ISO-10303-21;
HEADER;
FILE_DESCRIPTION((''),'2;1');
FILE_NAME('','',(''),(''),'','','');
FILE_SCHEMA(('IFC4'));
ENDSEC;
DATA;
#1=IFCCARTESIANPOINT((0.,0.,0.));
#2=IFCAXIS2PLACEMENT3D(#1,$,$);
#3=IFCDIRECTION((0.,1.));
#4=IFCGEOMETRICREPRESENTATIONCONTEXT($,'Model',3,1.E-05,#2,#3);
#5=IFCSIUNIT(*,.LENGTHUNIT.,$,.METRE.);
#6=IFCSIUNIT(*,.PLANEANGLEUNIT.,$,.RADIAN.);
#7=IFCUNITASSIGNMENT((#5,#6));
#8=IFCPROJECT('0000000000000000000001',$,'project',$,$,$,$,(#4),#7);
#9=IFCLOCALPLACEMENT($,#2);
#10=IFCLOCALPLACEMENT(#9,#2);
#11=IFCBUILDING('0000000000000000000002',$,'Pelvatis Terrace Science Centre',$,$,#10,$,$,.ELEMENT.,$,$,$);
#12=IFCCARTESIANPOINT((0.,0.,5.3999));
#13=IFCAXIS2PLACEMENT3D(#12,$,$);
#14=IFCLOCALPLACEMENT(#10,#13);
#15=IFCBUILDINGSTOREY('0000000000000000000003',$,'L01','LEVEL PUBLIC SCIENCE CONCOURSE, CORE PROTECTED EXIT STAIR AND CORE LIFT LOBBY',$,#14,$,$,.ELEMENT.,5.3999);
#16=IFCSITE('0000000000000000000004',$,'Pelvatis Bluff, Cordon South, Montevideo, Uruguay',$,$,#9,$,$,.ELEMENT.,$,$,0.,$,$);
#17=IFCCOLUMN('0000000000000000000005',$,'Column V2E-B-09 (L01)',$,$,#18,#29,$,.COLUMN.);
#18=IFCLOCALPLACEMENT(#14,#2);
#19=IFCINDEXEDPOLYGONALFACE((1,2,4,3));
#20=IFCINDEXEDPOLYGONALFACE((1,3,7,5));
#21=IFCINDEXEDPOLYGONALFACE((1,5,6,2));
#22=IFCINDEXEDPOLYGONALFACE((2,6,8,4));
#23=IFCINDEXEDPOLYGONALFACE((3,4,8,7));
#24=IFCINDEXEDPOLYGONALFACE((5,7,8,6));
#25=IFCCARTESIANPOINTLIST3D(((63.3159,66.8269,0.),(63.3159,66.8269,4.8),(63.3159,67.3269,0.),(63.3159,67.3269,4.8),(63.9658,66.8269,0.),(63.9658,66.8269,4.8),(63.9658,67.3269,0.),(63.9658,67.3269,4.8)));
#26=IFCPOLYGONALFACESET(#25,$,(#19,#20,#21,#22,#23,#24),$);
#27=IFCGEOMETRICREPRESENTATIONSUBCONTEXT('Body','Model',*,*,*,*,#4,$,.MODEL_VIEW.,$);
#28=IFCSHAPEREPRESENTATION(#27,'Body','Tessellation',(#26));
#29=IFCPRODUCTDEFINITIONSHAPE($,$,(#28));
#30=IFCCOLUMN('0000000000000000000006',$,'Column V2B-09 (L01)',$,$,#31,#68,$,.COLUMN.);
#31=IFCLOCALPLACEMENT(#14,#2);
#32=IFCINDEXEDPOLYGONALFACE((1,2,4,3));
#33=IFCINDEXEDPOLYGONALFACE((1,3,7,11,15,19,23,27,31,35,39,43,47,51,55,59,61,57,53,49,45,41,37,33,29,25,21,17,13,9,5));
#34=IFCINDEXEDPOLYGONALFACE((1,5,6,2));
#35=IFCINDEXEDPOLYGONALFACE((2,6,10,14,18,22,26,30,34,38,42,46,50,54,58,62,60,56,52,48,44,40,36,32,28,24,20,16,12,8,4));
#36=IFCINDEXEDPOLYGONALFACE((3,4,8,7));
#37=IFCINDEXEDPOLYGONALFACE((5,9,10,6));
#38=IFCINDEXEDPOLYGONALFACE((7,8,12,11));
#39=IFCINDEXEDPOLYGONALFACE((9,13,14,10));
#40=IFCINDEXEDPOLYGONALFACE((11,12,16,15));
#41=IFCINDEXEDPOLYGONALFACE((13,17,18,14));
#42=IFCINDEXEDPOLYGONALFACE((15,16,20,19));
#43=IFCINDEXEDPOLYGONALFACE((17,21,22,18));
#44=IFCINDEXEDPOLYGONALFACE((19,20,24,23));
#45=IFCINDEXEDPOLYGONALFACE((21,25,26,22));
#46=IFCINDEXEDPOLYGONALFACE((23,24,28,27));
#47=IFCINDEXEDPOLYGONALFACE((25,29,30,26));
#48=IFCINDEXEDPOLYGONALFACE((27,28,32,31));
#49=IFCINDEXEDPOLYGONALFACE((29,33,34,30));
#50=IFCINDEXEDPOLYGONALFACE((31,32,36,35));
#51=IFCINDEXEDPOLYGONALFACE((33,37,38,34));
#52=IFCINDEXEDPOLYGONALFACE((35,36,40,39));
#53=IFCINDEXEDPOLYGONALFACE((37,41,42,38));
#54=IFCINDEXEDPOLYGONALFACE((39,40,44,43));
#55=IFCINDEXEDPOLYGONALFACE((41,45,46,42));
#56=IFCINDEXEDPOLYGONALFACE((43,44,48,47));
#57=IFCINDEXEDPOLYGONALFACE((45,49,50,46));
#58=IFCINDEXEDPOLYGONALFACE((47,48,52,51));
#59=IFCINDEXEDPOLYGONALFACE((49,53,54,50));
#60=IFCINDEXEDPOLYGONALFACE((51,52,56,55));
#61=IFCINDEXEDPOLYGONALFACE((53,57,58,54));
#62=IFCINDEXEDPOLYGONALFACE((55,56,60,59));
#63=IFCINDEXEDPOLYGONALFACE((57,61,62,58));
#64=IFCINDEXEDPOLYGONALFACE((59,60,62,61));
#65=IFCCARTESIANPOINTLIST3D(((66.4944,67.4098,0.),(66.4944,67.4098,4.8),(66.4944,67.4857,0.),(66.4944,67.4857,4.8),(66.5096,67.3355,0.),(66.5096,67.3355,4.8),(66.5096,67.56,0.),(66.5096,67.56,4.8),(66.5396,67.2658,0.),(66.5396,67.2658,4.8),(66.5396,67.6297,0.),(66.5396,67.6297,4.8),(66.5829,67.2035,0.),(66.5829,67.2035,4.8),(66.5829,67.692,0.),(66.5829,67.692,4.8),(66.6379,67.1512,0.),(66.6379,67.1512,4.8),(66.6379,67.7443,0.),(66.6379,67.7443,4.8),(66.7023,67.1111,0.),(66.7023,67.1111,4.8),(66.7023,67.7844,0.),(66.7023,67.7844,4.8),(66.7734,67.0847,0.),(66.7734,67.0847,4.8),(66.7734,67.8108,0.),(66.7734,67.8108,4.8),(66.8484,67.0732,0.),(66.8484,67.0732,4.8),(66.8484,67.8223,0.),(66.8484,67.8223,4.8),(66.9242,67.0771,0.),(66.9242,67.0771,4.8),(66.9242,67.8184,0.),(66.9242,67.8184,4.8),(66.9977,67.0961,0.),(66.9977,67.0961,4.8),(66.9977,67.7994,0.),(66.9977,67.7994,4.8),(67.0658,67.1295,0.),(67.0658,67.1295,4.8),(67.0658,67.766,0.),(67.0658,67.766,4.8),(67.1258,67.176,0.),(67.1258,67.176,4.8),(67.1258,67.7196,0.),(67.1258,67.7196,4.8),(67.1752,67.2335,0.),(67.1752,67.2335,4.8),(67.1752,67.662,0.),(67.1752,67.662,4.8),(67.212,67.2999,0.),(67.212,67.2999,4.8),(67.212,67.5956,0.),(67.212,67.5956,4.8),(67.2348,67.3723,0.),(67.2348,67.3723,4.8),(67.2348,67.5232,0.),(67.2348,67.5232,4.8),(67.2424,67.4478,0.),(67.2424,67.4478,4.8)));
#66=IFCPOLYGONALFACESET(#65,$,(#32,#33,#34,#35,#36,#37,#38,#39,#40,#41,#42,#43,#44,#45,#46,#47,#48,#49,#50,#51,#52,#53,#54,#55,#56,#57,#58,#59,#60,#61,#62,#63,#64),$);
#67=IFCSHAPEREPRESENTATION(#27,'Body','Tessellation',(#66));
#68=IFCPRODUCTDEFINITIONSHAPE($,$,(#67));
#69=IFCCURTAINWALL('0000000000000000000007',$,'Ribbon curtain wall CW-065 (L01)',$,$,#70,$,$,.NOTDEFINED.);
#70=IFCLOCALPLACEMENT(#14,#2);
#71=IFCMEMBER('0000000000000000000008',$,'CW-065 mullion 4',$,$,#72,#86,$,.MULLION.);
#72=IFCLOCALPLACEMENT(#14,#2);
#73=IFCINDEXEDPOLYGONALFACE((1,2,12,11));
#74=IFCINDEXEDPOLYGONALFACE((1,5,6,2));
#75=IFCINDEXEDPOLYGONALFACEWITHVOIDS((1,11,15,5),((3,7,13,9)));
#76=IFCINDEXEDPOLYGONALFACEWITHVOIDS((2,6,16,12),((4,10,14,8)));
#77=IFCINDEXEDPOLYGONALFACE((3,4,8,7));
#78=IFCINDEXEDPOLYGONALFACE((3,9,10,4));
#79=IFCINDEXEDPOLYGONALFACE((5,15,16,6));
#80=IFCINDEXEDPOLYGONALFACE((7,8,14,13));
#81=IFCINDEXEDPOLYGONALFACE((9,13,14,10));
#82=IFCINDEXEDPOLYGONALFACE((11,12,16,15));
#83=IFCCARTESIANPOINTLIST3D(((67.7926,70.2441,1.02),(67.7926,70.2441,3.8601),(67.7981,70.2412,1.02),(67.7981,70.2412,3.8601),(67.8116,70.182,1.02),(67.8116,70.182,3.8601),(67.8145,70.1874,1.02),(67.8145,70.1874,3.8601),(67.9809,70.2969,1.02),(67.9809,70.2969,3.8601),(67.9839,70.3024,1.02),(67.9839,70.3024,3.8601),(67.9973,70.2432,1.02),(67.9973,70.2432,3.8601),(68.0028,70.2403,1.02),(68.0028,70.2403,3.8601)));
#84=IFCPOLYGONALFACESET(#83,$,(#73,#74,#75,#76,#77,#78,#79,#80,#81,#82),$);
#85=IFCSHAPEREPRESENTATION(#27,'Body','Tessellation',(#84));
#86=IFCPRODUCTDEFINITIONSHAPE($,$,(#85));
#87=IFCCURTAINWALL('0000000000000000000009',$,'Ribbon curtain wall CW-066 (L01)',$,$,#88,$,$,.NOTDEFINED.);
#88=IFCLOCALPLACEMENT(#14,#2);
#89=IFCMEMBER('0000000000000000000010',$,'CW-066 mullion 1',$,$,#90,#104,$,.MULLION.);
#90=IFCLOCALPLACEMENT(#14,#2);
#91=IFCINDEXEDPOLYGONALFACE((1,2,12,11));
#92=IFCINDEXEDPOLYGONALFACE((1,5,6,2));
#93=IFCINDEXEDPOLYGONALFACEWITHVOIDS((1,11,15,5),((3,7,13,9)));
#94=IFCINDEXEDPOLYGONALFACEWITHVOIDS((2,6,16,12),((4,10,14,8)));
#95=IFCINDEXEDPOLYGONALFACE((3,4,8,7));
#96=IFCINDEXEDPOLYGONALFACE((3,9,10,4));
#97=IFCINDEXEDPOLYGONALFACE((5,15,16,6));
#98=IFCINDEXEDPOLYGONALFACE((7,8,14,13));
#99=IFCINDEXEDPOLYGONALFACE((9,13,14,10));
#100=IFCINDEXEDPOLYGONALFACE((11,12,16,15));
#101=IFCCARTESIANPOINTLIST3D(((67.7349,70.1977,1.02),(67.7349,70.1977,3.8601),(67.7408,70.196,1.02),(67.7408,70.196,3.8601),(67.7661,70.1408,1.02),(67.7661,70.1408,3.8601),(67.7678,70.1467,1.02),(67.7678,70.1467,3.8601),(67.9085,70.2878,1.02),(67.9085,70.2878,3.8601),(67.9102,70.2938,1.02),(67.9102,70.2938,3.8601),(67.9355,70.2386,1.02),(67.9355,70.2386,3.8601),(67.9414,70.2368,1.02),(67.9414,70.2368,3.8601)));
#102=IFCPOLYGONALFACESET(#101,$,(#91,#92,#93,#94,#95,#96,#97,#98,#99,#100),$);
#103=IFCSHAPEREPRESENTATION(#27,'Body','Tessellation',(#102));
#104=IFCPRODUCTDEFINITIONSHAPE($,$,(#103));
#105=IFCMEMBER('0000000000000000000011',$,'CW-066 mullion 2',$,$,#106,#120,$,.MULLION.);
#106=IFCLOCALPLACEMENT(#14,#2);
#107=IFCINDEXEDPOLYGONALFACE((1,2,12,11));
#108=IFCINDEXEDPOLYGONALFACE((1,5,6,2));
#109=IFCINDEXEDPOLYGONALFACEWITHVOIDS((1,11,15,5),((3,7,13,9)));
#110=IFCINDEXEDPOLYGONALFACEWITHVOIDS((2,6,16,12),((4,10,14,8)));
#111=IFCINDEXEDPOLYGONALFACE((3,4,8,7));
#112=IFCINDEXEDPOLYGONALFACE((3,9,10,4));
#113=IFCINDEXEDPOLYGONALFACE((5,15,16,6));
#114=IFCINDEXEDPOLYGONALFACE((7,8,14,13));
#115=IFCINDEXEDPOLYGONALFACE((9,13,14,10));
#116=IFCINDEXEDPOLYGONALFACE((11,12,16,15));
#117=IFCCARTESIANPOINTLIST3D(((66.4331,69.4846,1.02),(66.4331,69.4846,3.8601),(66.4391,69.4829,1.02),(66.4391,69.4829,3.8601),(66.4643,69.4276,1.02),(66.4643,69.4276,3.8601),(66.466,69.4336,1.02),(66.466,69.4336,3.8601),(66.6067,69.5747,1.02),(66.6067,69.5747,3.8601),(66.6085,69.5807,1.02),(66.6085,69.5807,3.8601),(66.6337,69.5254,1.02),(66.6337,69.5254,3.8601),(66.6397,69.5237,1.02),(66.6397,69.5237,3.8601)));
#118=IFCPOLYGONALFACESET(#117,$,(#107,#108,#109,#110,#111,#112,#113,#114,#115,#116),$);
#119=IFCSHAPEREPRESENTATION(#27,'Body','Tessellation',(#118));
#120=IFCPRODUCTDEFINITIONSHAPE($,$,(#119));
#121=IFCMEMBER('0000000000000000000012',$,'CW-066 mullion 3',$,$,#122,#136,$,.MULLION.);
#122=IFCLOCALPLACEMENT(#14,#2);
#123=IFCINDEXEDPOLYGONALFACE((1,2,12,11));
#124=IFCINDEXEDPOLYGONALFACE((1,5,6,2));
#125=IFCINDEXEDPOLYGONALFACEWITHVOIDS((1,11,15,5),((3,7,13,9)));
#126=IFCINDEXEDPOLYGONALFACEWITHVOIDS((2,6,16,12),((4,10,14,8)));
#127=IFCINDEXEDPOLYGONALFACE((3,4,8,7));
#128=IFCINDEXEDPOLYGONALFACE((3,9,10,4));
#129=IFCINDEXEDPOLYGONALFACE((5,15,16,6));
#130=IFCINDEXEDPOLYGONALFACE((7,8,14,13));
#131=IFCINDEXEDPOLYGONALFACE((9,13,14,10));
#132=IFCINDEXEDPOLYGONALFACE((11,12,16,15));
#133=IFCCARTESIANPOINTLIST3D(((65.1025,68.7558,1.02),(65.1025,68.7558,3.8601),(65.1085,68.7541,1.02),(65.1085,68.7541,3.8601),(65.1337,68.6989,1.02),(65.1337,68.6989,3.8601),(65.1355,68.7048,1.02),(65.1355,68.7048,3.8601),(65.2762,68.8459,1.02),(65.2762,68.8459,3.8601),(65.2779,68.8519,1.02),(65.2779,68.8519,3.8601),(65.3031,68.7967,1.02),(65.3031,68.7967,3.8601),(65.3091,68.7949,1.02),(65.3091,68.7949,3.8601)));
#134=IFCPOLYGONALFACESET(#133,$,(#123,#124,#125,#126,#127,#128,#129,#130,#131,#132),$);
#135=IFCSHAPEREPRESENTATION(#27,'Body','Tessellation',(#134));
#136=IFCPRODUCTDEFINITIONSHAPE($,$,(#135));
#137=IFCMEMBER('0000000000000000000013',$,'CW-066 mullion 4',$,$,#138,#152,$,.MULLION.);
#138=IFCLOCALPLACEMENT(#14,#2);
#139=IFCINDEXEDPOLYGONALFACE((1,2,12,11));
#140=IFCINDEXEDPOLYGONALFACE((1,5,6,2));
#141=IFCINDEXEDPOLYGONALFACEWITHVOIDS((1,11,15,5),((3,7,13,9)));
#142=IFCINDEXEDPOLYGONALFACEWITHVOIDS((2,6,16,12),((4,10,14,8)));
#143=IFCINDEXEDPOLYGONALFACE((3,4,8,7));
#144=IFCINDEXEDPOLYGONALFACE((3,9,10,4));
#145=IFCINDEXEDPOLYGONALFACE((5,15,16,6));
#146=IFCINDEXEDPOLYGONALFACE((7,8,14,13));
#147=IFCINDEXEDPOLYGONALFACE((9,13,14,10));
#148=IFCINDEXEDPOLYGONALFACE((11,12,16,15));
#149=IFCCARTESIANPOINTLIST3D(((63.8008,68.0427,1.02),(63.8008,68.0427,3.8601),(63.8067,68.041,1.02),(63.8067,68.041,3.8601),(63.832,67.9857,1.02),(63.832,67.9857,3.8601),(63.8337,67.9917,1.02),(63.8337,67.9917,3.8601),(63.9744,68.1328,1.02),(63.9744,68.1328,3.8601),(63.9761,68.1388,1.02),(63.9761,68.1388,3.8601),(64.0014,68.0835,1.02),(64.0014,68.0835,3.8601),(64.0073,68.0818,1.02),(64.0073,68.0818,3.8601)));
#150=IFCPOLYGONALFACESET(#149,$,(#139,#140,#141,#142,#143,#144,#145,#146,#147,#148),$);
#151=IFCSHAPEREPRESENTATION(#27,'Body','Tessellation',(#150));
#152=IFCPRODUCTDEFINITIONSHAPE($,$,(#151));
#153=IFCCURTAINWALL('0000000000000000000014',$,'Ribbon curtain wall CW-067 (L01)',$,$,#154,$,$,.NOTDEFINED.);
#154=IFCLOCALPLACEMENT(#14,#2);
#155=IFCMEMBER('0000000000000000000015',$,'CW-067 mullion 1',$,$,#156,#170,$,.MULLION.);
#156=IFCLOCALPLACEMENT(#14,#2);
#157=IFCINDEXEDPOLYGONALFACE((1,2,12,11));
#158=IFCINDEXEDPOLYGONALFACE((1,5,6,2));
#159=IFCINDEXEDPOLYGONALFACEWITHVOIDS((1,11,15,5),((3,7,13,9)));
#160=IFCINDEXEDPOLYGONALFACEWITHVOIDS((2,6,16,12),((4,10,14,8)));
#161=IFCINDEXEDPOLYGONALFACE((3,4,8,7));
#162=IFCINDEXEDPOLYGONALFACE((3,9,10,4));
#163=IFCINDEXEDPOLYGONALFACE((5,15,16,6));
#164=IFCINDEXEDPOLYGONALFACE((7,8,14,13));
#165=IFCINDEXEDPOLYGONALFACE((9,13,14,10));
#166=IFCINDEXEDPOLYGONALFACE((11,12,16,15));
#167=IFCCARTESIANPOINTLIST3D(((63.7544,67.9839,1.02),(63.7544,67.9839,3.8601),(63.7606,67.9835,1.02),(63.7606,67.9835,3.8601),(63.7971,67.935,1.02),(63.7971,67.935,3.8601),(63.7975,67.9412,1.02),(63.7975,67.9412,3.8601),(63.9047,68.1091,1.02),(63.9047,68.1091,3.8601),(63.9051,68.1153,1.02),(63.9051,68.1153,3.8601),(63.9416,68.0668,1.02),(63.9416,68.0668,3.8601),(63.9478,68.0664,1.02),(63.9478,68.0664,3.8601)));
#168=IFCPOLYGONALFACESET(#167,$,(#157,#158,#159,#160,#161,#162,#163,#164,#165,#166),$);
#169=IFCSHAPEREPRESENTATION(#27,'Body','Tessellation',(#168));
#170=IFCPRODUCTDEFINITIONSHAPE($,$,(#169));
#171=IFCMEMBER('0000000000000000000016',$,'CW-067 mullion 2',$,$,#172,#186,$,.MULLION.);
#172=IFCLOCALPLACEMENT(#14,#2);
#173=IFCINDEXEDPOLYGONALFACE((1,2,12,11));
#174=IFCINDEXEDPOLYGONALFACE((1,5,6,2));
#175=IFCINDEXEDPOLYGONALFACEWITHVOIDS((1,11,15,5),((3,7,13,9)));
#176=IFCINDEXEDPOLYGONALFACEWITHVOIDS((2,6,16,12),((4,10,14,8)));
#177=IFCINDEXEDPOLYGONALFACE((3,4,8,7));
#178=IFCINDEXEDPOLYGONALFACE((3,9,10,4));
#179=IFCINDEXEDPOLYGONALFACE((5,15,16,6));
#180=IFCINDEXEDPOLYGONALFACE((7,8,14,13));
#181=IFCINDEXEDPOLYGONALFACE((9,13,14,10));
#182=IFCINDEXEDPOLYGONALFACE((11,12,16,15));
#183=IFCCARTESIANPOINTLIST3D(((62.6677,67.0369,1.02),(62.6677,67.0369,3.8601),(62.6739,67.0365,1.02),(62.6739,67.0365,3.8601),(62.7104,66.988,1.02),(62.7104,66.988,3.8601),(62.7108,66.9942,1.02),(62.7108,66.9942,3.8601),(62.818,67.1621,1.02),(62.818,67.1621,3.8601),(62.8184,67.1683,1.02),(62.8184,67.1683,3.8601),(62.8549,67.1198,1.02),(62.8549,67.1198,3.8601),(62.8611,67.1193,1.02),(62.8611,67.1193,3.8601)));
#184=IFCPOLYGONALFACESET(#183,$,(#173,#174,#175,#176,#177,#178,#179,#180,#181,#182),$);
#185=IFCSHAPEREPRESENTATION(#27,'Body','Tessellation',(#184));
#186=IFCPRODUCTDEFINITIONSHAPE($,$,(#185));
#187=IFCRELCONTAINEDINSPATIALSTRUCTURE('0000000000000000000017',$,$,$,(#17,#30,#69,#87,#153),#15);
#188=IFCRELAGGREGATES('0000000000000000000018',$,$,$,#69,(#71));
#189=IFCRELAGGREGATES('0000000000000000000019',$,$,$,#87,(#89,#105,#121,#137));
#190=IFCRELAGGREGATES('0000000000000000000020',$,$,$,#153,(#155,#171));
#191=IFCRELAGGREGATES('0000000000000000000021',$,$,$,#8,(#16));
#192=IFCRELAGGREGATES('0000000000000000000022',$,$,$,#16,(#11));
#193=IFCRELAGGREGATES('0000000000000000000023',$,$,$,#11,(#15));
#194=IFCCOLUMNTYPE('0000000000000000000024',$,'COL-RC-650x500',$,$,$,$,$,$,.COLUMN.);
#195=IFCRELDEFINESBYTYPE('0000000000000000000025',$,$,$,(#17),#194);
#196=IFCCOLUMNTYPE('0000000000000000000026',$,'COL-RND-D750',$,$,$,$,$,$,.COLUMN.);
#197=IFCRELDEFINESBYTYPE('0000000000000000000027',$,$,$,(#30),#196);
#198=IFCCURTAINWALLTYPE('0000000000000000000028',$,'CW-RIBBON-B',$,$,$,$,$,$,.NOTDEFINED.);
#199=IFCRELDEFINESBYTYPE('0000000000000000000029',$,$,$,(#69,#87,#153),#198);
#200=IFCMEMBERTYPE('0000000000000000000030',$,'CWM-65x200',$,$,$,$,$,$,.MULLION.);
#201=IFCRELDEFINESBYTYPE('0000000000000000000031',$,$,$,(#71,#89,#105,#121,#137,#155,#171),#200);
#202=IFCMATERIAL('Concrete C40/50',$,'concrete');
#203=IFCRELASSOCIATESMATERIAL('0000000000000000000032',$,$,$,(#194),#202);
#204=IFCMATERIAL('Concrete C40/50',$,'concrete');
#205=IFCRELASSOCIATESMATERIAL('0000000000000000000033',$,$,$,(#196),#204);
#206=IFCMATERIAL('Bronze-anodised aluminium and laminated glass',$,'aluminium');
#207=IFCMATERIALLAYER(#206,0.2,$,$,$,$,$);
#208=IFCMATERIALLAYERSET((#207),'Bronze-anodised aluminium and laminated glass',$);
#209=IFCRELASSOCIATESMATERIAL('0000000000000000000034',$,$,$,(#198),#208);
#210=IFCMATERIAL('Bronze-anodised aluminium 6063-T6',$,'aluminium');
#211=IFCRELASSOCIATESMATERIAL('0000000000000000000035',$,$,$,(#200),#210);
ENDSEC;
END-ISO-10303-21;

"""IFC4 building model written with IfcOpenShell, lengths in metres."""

from ifc_helpers import new_model, si_unit, direction, frame, origin, origin_2d, place, context, subcontext, project, spatial, rectangle, hollow_rectangle, circle, extrude, material, layer, layer_set, material_profile, profile_set, type_object, element, aggregate, save


model = new_model("IFC4")

# Units and contexts
model_context = context("Model", 3, precision=1e-05, world=origin(), true_north=direction((0.0, 1.0)))
body_context = subcontext(model_context, "Body", "Model", "MODEL_VIEW")
ifc_project = project(units=[si_unit("LENGTHUNIT", "METRE"), si_unit("PLANEANGLEUNIT", "RADIAN")], contexts=[model_context])

# Site, building, storey
site_placement = place(None, origin())
site = spatial("IfcSite", under=ifc_project, at=site_placement, Name="Pelvatis Bluff, Cordon South, Montevideo, Uruguay", CompositionType="ELEMENT", RefElevation=0.0)
building_placement = place(site_placement, origin())
building = spatial("IfcBuilding", under=site, at=building_placement, Name="Pelvatis Terrace Science Centre", CompositionType="ELEMENT")
storey_placement = place(building_placement, frame((0.0, 0.0, 5.3999)))
storey = spatial("IfcBuildingStorey", under=building, at=storey_placement, Name="L01", Description="LEVEL PUBLIC SCIENCE CONCOURSE, CORE PROTECTED EXIT STAIR AND CORE LIFT LOBBY", CompositionType="ELEMENT", Elevation=5.3999)

# Columns
ifc_material_1 = material(Name="Concrete C40/50", Category="concrete")
ifc_material_profile_1 = material_profile(ifc_material_1, rectangle(XDim=0.6499, YDim=0.5, at=origin_2d()), Name="RC-COL 650x500")
ifc_profile_set_1 = profile_set([ifc_material_profile_1], Name="Concrete C40/50")
column_type_1 = type_object("IfcColumnType", Name="COL-RC-650x500", PredefinedType="COLUMN", material=ifc_profile_set_1)
column_1_placement = place(storey_placement, frame((63.6409, 67.0769, 0.0), z_axis=(0.0, 0.0, 1.0), x_axis=(1.0, 0.0, 0.0)))
element("IfcColumn", 1, at=column_1_placement, inside=storey, type_object=column_type_1, Name="Column V2E-B-09 (L01)", PredefinedType="COLUMN", context=body_context, shape_type="SweptSolid", body=[
    extrude(rectangle(XDim=0.6499, YDim=0.5, at=origin_2d()), origin(), (0.0, 0.0, 1.0), 4.8),
])
ifc_material_2 = material(Name="Concrete C40/50", Category="concrete")
ifc_material_profile_2 = material_profile(ifc_material_2, circle(Radius=0.375, at=origin_2d()), Name="RC-RCOL D750")
ifc_profile_set_2 = profile_set([ifc_material_profile_2], Name="Concrete C40/50")
column_type_2 = type_object("IfcColumnType", Name="COL-RND-D750", PredefinedType="COLUMN", material=ifc_profile_set_2)
column_2_placement = place(storey_placement, frame((66.8674, 67.4478, 0.0), z_axis=(0.0, 0.0, 1.0), x_axis=(1.0, 0.0, 0.0)))
element("IfcColumn", 2, at=column_2_placement, inside=storey, type_object=column_type_2, Name="Column V2B-09 (L01)", PredefinedType="COLUMN", context=body_context, shape_type="SweptSolid", body=[
    extrude(circle(Radius=0.375, at=origin_2d()), origin(), (0.0, 0.0, 1.0), 4.8),
])

# Curtain wall, member
ifc_material_3 = material(Name="Bronze-anodised aluminium and laminated glass", Category="aluminium")
ifc_layer_1 = layer(ifc_material_3, 0.2)
ifc_layer_set_1 = layer_set([ifc_layer_1], Name="Bronze-anodised aluminium and laminated glass")
curtain_wall_type = type_object("IfcCurtainWallType", Name="CW-RIBBON-B", PredefinedType="NOTDEFINED", material=ifc_layer_set_1)
curtain_wall_1_placement = place(storey_placement, origin())
curtain_wall_1 = element("IfcCurtainWall", 3, at=curtain_wall_1_placement, inside=storey, type_object=curtain_wall_type, Name="Ribbon curtain wall CW-065 (L01)", PredefinedType="NOTDEFINED")
ifc_material_4 = material(Name="Bronze-anodised aluminium 6063-T6", Category="aluminium")
ifc_material_profile_3 = material_profile(ifc_material_4, hollow_rectangle(XDim=0.0649, YDim=0.2, WallThickness=0.0044, at=origin_2d()), Name="ALU-MUL 65x200")
ifc_profile_set_3 = profile_set([ifc_material_profile_3], Name="Bronze-anodised aluminium 6063-T6")
member_type_1 = type_object("IfcMemberType", Name="CWM-65x200", PredefinedType="MULLION", material=ifc_profile_set_3)
member_1_placement = place(storey_placement, frame((67.8977, 70.2422, 1.02), z_axis=(0.0, 0.0, 1.0), x_axis=(0.291751, -0.956494, 0.0)))
member_1 = element("IfcMember", 4, at=member_1_placement, type_object=member_type_1, Name="CW-065 mullion 4", PredefinedType="MULLION", context=body_context, shape_type="SweptSolid", body=[
    extrude(hollow_rectangle(XDim=0.0649, YDim=0.2, WallThickness=0.0044, at=origin_2d()), origin(), (0.0, 0.0, 1.0), 2.8401),
])

# Curtain walls, members
curtain_wall_2_placement = place(storey_placement, origin())
curtain_wall_2 = element("IfcCurtainWall", 5, at=curtain_wall_2_placement, inside=storey, type_object=curtain_wall_type, Name="Ribbon curtain wall CW-066 (L01)", PredefinedType="NOTDEFINED")
member_2_placement = place(storey_placement, frame((67.8381, 70.2173, 1.02), z_axis=(0.0, 0.0, 1.0), x_axis=(0.480406, -0.877046, 0.0)))
member_2 = element("IfcMember", 6, at=member_2_placement, type_object=member_type_1, Name="CW-066 mullion 1", PredefinedType="MULLION", context=body_context, shape_type="SweptSolid", body=[
    extrude(hollow_rectangle(XDim=0.0649, YDim=0.2, WallThickness=0.0044, at=origin_2d()), origin(), (0.0, 0.0, 1.0), 2.8401),
])
member_3_placement = place(storey_placement, frame((66.5364, 69.5042, 1.02), z_axis=(0.0, 0.0, 1.0), x_axis=(0.480406, -0.877046, 0.0)))
member_3 = element("IfcMember", 7, at=member_3_placement, type_object=member_type_1, Name="CW-066 mullion 2", PredefinedType="MULLION", context=body_context, shape_type="SweptSolid", body=[
    extrude(hollow_rectangle(XDim=0.0649, YDim=0.2, WallThickness=0.0044, at=origin_2d()), origin(), (0.0, 0.0, 1.0), 2.8401),
])
member_4_placement = place(storey_placement, frame((65.2058, 68.7754, 1.02), z_axis=(0.0, 0.0, 1.0), x_axis=(0.480406, -0.877046, 0.0)))
member_4 = element("IfcMember", 8, at=member_4_placement, type_object=member_type_1, Name="CW-066 mullion 3", PredefinedType="MULLION", context=body_context, shape_type="SweptSolid", body=[
    extrude(hollow_rectangle(XDim=0.0649, YDim=0.2, WallThickness=0.0044, at=origin_2d()), origin(), (0.0, 0.0, 1.0), 2.8401),
])
member_5_placement = place(storey_placement, frame((63.9041, 68.0623, 1.02), z_axis=(0.0, 0.0, 1.0), x_axis=(0.480406, -0.877046, 0.0)))
member_5 = element("IfcMember", 9, at=member_5_placement, type_object=member_type_1, Name="CW-066 mullion 4", PredefinedType="MULLION", context=body_context, shape_type="SweptSolid", body=[
    extrude(hollow_rectangle(XDim=0.0649, YDim=0.2, WallThickness=0.0044, at=origin_2d()), origin(), (0.0, 0.0, 1.0), 2.8401),
])
curtain_wall_3_placement = place(storey_placement, origin())
curtain_wall_3 = element("IfcCurtainWall", 10, at=curtain_wall_3_placement, inside=storey, type_object=curtain_wall_type, Name="Ribbon curtain wall CW-067 (L01)", PredefinedType="NOTDEFINED")
member_6_placement = place(storey_placement, frame((63.8511, 68.0251, 1.02), z_axis=(0.0, 0.0, 1.0), x_axis=(0.657112, -0.753793, 0.0)))
member_6 = element("IfcMember", 11, at=member_6_placement, type_object=member_type_1, Name="CW-067 mullion 1", PredefinedType="MULLION", context=body_context, shape_type="SweptSolid", body=[
    extrude(hollow_rectangle(XDim=0.0649, YDim=0.2, WallThickness=0.0044, at=origin_2d()), origin(), (0.0, 0.0, 1.0), 2.8401),
])
member_7_placement = place(storey_placement, frame((62.7644, 67.0781, 1.02), z_axis=(0.0, 0.0, 1.0), x_axis=(0.657112, -0.753793, 0.0)))
member_7 = element("IfcMember", 12, at=member_7_placement, type_object=member_type_1, Name="CW-067 mullion 2", PredefinedType="MULLION", context=body_context, shape_type="SweptSolid", body=[
    extrude(hollow_rectangle(XDim=0.0649, YDim=0.2, WallThickness=0.0044, at=origin_2d()), origin(), (0.0, 0.0, 1.0), 2.8401),
])

aggregate(curtain_wall_1, [member_1])
aggregate(curtain_wall_2, [member_2, member_3, member_4, member_5])
aggregate(curtain_wall_3, [member_6, member_7])

save(model, "model.ifc")
